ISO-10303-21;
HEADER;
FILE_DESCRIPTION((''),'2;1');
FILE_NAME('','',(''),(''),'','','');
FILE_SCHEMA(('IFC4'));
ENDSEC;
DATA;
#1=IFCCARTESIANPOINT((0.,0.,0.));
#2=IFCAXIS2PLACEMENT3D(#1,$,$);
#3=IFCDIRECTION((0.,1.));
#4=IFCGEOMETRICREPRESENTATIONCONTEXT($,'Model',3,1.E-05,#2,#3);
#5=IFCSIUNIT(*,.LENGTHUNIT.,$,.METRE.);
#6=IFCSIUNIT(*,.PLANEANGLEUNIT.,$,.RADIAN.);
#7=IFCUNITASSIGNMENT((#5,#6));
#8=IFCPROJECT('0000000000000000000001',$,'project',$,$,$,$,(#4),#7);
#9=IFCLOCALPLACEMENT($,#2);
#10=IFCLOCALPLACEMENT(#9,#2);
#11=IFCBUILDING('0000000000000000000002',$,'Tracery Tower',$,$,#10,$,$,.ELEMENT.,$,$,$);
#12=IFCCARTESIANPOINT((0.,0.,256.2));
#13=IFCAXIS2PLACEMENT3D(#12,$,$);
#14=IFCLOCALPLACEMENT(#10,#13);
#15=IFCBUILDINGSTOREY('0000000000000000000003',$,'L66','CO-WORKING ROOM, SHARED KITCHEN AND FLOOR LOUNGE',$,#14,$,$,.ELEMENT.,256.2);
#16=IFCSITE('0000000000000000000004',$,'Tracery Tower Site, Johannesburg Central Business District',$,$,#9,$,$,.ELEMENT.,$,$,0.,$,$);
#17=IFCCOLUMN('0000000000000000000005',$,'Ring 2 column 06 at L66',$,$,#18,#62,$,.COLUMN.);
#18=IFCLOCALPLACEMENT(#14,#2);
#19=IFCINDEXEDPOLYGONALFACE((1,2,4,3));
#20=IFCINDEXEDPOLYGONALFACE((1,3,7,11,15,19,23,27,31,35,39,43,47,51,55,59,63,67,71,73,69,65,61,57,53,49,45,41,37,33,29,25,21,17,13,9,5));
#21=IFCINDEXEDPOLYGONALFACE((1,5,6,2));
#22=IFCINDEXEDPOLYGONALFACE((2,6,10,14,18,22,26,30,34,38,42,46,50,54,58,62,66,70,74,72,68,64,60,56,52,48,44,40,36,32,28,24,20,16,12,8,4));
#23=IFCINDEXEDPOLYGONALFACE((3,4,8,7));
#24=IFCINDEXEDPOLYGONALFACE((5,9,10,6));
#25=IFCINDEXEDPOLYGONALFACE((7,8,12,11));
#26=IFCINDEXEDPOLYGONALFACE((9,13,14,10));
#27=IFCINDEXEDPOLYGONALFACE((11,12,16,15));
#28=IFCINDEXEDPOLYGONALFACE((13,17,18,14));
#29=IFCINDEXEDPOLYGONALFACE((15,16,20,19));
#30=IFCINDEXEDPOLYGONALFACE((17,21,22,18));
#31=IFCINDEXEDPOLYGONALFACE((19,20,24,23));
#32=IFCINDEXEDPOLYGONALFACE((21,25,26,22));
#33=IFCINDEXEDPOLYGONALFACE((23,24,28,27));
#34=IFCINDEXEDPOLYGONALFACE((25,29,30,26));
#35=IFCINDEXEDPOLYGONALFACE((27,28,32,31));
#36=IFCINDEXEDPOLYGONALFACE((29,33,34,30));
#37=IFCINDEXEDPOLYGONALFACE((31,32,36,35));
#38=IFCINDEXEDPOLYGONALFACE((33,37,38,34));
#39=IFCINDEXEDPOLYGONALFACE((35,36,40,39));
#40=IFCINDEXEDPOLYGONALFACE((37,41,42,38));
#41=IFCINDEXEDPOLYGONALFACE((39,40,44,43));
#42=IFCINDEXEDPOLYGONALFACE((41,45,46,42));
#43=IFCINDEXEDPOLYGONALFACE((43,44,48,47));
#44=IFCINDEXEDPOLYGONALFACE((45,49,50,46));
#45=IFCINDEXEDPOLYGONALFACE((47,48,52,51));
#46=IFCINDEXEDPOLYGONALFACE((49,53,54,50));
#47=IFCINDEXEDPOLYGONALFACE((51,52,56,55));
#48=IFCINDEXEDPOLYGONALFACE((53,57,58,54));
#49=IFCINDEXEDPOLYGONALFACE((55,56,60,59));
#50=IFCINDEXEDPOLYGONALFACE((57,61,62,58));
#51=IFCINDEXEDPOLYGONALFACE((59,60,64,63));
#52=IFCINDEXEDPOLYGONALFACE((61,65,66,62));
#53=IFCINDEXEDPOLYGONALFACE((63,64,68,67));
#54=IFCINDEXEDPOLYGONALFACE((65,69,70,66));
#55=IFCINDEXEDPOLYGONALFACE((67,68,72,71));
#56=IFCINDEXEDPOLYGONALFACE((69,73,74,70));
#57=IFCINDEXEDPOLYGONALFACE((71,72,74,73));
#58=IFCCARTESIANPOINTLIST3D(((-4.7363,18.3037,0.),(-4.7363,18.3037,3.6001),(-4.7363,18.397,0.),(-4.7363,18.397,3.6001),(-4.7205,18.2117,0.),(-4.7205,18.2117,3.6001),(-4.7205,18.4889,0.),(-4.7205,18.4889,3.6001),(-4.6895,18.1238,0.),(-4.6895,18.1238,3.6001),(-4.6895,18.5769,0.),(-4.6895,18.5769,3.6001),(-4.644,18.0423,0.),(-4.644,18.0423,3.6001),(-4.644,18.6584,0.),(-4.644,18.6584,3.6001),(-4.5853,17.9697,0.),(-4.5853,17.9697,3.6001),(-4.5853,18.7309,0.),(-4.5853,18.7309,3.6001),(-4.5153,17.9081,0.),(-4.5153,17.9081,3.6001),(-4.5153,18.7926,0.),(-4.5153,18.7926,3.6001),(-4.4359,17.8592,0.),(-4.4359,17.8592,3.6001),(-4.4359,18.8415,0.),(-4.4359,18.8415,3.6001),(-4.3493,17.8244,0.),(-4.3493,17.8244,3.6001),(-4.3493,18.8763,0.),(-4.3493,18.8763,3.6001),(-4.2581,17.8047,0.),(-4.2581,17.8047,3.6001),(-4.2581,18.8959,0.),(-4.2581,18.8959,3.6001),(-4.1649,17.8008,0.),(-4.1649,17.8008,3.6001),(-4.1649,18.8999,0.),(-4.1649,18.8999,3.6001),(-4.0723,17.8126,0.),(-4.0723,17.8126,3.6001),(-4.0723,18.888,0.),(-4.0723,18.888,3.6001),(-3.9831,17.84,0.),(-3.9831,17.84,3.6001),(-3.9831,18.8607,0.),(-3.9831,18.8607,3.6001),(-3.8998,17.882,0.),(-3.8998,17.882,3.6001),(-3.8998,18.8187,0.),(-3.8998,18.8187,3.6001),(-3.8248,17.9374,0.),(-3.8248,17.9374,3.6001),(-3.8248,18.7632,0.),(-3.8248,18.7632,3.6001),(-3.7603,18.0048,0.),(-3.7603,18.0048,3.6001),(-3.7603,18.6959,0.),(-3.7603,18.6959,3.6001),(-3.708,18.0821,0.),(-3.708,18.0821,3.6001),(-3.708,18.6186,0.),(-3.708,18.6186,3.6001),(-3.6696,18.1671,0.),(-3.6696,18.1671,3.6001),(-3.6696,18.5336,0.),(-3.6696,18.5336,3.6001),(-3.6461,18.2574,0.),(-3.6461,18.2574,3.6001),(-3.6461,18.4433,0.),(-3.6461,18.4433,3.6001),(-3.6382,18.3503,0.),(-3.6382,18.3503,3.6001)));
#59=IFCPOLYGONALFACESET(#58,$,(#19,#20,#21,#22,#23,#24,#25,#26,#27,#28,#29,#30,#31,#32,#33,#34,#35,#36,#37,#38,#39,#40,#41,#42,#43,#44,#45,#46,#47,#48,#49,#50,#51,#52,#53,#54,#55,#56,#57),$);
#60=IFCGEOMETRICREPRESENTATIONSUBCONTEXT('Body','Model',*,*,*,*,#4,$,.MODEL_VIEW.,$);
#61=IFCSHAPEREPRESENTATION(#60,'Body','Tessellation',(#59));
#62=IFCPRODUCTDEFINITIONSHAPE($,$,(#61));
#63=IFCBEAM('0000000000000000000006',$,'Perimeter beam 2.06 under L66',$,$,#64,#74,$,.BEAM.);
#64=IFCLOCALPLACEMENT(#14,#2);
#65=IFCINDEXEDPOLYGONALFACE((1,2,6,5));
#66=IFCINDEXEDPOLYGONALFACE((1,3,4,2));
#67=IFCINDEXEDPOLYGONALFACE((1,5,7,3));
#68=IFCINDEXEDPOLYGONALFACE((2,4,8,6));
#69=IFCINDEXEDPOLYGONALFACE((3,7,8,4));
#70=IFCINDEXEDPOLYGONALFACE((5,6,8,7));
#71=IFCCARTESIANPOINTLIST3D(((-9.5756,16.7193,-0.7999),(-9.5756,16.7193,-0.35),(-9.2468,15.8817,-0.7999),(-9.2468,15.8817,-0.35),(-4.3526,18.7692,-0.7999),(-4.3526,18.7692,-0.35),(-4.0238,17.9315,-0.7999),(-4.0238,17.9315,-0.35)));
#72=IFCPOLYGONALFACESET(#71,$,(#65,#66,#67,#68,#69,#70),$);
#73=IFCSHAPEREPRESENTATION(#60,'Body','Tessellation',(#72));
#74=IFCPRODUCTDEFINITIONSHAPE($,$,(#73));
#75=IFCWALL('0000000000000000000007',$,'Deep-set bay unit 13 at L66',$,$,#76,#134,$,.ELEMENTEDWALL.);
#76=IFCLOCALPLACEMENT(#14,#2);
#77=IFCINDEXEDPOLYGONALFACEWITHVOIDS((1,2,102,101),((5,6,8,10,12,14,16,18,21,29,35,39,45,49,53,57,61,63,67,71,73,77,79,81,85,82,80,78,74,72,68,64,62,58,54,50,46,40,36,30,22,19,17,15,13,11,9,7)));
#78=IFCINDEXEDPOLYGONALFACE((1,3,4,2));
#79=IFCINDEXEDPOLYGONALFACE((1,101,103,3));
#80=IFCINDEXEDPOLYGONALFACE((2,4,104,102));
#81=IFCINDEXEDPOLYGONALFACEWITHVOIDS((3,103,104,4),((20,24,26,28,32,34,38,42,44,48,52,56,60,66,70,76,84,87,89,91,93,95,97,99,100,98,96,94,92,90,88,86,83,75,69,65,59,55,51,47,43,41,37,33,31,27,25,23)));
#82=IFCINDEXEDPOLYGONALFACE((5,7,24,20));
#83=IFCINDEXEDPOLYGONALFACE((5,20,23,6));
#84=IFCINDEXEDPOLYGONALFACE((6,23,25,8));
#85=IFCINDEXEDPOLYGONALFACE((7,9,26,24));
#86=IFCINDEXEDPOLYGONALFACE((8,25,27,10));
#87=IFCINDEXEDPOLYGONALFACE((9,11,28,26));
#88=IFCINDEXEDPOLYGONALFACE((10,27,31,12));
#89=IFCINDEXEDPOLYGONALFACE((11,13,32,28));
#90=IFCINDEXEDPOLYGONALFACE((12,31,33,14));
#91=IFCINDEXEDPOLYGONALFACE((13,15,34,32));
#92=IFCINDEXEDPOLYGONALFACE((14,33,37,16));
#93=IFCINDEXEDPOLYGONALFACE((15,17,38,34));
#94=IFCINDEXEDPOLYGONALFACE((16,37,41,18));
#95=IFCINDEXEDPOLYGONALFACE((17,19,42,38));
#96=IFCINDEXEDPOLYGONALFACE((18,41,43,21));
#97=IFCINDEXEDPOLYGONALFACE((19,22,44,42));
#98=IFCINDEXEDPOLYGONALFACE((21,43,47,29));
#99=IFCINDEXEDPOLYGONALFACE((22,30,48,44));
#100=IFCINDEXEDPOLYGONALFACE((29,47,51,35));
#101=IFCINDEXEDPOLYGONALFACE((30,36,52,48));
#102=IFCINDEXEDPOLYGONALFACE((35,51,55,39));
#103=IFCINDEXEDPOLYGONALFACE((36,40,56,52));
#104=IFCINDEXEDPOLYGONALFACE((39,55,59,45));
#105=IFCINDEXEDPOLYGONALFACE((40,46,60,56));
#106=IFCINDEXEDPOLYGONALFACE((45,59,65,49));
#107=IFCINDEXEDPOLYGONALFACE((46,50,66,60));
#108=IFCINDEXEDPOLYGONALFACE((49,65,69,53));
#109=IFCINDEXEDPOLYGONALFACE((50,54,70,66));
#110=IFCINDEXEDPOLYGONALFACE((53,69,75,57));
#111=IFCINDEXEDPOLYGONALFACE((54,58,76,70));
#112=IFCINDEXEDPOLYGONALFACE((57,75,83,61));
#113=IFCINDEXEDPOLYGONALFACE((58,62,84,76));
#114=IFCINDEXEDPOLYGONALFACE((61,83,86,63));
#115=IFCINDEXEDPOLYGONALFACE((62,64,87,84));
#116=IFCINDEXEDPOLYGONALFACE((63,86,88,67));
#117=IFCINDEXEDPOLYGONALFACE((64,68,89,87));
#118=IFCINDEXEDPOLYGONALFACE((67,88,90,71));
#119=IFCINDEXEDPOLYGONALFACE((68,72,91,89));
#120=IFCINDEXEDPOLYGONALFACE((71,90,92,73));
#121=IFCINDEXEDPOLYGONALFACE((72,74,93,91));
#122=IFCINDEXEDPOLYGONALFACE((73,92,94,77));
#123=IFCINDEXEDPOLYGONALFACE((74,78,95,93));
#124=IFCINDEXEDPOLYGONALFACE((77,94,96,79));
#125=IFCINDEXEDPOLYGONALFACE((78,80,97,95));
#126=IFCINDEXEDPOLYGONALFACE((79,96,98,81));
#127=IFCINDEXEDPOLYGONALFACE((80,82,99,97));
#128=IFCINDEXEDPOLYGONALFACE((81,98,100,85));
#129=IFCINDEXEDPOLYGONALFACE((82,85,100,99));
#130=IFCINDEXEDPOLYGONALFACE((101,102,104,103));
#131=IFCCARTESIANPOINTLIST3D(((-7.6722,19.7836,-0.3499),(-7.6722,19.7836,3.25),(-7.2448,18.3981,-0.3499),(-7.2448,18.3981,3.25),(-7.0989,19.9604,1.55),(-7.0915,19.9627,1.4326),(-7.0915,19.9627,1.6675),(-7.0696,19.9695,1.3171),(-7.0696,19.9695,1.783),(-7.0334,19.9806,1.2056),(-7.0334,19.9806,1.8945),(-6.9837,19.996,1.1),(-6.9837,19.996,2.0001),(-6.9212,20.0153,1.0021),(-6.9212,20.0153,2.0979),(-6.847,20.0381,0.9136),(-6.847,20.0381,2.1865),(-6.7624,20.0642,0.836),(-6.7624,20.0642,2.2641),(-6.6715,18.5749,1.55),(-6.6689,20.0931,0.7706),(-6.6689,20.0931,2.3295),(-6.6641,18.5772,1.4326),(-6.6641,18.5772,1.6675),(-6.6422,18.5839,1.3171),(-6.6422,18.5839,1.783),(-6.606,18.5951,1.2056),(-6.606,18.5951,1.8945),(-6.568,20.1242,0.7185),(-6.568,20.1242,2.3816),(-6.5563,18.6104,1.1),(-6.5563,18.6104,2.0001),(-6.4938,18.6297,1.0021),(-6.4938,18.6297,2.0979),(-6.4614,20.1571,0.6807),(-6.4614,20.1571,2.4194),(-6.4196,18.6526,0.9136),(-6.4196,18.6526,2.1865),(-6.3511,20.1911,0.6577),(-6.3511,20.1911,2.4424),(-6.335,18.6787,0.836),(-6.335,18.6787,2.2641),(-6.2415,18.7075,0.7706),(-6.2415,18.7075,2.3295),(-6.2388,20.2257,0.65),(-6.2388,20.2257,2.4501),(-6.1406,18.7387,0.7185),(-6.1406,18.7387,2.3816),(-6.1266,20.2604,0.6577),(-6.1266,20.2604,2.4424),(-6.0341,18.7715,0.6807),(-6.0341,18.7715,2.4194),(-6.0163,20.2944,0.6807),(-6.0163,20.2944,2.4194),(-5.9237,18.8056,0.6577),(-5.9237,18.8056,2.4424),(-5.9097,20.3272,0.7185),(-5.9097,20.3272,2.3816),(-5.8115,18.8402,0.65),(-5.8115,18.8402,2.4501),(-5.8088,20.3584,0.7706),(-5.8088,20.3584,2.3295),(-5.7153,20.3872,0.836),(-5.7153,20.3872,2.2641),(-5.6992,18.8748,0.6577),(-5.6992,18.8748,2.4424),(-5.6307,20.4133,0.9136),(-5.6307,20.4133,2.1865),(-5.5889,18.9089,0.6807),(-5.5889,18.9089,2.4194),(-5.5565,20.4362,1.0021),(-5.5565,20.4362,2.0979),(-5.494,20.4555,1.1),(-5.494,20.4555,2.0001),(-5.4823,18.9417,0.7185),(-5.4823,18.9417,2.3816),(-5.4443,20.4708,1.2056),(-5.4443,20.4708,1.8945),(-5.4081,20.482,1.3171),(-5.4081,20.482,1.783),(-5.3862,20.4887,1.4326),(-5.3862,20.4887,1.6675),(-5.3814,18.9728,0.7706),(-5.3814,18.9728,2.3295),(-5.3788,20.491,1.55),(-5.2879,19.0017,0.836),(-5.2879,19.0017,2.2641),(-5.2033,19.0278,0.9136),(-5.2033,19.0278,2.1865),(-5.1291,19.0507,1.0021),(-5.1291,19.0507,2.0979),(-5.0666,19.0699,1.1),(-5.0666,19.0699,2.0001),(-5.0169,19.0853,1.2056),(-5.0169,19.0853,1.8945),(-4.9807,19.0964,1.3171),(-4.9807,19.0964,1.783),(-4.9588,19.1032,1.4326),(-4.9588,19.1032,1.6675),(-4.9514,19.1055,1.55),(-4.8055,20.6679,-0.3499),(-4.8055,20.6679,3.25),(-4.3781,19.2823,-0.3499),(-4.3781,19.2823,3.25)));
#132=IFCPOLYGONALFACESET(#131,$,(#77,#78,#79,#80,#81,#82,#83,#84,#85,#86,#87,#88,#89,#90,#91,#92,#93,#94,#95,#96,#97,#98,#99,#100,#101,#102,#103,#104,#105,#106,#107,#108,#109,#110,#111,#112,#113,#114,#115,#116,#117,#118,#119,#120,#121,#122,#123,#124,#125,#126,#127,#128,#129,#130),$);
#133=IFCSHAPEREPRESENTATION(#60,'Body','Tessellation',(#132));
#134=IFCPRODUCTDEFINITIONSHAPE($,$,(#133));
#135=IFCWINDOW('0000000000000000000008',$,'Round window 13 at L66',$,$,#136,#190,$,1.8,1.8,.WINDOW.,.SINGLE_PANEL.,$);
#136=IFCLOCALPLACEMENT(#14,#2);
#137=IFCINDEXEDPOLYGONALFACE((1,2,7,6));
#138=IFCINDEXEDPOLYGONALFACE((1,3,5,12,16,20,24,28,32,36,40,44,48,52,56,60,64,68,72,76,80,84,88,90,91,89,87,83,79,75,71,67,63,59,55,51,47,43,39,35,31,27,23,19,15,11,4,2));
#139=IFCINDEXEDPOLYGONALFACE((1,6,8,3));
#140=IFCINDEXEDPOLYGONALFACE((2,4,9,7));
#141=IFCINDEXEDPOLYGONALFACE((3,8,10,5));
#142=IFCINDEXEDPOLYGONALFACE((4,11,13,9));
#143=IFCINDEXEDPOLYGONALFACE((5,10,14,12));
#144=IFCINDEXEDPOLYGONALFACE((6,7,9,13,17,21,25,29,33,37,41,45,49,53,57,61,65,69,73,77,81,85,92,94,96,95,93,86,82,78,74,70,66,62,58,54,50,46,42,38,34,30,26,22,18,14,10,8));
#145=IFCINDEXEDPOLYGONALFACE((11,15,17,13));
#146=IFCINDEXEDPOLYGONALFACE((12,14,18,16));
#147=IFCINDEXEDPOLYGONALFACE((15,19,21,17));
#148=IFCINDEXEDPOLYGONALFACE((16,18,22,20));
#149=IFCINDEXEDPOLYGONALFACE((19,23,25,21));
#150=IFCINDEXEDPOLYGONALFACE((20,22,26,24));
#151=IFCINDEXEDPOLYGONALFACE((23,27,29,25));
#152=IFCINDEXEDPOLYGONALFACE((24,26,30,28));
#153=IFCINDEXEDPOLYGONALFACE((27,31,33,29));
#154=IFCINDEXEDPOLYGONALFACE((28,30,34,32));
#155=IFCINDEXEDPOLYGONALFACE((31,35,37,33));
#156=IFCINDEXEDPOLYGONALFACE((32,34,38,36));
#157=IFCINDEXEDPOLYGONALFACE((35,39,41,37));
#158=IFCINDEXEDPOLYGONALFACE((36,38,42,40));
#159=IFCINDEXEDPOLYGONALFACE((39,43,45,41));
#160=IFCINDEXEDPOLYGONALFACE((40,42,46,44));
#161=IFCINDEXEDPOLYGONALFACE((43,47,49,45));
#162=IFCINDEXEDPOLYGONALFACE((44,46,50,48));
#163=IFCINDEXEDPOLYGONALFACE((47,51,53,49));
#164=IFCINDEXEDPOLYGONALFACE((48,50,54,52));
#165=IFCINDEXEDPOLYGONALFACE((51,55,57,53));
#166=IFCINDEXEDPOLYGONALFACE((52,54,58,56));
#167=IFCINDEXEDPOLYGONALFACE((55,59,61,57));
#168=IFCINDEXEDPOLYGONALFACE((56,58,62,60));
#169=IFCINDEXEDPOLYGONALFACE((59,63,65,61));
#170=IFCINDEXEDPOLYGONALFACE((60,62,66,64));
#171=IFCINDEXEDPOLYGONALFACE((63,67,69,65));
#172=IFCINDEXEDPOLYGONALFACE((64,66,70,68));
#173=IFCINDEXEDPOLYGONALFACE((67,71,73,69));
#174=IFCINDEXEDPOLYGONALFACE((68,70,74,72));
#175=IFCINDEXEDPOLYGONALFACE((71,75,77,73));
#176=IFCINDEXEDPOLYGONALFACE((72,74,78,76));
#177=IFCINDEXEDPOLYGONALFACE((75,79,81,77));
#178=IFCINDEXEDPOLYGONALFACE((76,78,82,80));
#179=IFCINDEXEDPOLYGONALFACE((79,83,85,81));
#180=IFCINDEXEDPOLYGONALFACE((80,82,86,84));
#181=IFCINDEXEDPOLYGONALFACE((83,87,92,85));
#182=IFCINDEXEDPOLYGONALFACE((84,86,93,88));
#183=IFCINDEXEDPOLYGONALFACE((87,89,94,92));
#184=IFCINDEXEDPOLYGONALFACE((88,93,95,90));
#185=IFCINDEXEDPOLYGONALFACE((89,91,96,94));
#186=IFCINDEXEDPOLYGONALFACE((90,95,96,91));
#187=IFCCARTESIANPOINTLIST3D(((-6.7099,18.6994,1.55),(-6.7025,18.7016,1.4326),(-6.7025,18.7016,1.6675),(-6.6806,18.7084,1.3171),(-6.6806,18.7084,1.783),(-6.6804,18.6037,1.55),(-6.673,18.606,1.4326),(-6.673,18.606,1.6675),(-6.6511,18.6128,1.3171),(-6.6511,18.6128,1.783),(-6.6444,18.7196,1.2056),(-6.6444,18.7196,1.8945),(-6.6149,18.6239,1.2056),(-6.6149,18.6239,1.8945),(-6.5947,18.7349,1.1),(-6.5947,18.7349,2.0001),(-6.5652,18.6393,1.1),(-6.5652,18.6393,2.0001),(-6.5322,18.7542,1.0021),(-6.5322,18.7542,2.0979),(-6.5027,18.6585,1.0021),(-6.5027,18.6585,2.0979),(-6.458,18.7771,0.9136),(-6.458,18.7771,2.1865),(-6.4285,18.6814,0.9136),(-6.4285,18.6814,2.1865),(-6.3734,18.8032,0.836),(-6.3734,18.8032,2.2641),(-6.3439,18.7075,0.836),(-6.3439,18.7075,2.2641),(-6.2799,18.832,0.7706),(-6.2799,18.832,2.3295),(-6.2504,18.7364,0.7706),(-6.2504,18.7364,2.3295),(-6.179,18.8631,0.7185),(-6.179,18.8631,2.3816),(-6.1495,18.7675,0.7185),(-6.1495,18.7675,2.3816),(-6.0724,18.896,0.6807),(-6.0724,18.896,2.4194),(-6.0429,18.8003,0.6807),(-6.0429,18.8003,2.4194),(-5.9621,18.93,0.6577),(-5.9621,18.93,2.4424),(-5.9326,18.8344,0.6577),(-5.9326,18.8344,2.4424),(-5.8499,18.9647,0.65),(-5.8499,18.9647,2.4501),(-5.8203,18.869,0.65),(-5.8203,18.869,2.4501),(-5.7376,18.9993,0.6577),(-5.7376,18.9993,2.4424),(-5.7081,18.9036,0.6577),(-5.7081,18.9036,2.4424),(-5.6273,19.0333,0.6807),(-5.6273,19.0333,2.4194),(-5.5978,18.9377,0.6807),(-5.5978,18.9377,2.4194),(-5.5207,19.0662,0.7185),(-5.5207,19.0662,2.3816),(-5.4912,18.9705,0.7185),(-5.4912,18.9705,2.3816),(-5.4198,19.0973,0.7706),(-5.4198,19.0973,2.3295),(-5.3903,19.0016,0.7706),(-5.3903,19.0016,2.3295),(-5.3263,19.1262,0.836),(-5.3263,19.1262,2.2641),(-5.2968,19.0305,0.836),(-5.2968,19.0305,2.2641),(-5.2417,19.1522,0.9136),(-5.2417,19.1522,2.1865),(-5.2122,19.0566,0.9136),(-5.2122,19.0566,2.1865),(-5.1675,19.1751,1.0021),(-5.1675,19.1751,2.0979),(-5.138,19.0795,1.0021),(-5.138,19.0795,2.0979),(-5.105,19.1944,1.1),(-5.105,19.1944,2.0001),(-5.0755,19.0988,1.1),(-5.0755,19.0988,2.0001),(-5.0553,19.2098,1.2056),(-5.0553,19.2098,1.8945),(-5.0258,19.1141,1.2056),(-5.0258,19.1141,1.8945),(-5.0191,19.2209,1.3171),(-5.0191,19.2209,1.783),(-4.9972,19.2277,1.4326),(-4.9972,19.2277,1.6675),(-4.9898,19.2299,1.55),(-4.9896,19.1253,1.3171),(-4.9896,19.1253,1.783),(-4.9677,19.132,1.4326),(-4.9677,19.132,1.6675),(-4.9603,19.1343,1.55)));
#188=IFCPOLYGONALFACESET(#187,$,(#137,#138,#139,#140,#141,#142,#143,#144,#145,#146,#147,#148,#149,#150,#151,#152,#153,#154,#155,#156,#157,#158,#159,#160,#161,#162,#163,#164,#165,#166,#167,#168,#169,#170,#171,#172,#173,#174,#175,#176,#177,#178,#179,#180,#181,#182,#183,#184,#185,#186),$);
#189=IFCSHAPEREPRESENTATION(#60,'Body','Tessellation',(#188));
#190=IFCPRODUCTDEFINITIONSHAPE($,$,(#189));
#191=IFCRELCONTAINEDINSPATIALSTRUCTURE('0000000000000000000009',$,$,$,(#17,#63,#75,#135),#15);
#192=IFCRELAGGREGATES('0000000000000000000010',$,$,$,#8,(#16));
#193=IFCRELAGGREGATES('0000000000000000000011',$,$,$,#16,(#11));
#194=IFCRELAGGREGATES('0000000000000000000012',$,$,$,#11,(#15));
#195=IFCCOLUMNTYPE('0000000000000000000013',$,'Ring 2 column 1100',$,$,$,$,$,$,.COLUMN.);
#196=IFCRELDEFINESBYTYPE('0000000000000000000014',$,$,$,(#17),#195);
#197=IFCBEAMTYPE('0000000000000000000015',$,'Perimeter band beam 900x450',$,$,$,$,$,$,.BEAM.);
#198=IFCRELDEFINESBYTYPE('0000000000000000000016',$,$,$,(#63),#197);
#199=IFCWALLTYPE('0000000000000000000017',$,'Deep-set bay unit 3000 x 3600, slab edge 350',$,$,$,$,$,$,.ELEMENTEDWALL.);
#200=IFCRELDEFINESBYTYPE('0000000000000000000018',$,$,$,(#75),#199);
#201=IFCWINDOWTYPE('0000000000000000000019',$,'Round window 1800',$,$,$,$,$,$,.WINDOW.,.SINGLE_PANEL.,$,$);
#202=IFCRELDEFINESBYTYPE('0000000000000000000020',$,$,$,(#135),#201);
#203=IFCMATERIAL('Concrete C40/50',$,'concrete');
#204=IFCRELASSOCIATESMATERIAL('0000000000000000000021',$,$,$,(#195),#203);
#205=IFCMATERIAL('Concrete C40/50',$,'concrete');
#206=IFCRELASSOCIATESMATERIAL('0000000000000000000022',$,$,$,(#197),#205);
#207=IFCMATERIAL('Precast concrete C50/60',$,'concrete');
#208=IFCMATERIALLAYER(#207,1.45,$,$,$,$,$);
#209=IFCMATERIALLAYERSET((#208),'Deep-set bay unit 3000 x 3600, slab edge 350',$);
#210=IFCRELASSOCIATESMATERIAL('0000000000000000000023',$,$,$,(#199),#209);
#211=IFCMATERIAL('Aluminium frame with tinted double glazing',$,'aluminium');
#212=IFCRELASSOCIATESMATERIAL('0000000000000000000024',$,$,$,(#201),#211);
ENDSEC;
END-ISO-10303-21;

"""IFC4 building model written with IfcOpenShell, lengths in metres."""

from ifc_helpers import new_model, si_unit, direction, frame, frame_2d, origin, origin_2d, place, context, subcontext, project, spatial, rectangle, circle, extrude, material, layer, layer_set, material_profile, profile_set, type_object, element, fill, save


model = new_model("IFC4")

# Units and contexts
model_context = context("Model", 3, precision=1e-05, world=origin(), true_north=direction((0.0, 1.0)))
body_context = subcontext(model_context, "Body", "Model", "MODEL_VIEW")
ifc_project = project(units=[si_unit("LENGTHUNIT", "METRE"), si_unit("PLANEANGLEUNIT", "RADIAN")], contexts=[model_context])

# Site, building, storey
site_placement = place(None, origin())
site = spatial("IfcSite", under=ifc_project, at=site_placement, Name="Tracery Tower Site, Johannesburg Central Business District", CompositionType="ELEMENT", RefElevation=0.0)
building_placement = place(site_placement, origin())
building = spatial("IfcBuilding", under=site, at=building_placement, Name="Tracery Tower", CompositionType="ELEMENT")
storey_placement = place(building_placement, frame((0.0, 0.0, 256.2)))
storey = spatial("IfcBuildingStorey", under=building, at=storey_placement, Name="L66", Description="CO-WORKING ROOM, SHARED KITCHEN AND FLOOR LOUNGE", CompositionType="ELEMENT", Elevation=256.2)

# Column
ifc_material_1 = material(Name="Concrete C40/50", Category="concrete")
ifc_material_profile_1 = material_profile(ifc_material_1, circle(Radius=0.55, at=origin_2d()), Name="RC D1100")
ifc_profile_set_1 = profile_set([ifc_material_profile_1], Name="Concrete C40/50")
column_type = type_object("IfcColumnType", Name="Ring 2 column 1100", PredefinedType="COLUMN", material=ifc_profile_set_1)
column_placement = place(storey_placement, frame((-4.1882, 18.3503, 0.0), z_axis=(0.0, 0.0, 1.0), x_axis=(1.0, 0.0, 0.0)))
element("IfcColumn", 1, at=column_placement, inside=storey, type_object=column_type, Name="Ring 2 column 06 at L66", PredefinedType="COLUMN", context=body_context, shape_type="SweptSolid", body=[
    extrude(circle(Radius=0.55, at=origin_2d()), origin(), (0.0, 0.0, 1.0), 3.6001),
])

# Beam
ifc_material_2 = material(Name="Concrete C40/50", Category="concrete")
ifc_material_profile_2 = material_profile(ifc_material_2, rectangle(XDim=0.8999, YDim=0.45, at=origin_2d()), Name="RC 900x450")
ifc_profile_set_2 = profile_set([ifc_material_profile_2], Name="Concrete C40/50")
beam_type = type_object("IfcBeamType", Name="Perimeter band beam 900x450", PredefinedType="BEAM", material=ifc_profile_set_2)
beam_placement = place(storey_placement, frame((-4.1882, 18.3503, -0.575), z_axis=(-0.930876, -0.365336, 0.0), x_axis=(0.365336, -0.930876, 0.0)))
element("IfcBeam", 2, at=beam_placement, inside=storey, type_object=beam_type, Name="Perimeter beam 2.06 under L66", PredefinedType="BEAM", context=body_context, shape_type="SweptSolid", body=[
    extrude(rectangle(XDim=0.8999, YDim=0.45, at=origin_2d()), origin(), (0.0, 0.0, 1.0), 5.6108),
])

# Wall, opening, window
ifc_material_3 = material(Name="Precast concrete C50/60", Category="concrete")
ifc_layer_1 = layer(ifc_material_3, 1.45)
ifc_layer_set_1 = layer_set([ifc_layer_1], Name="Deep-set bay unit 3000 x 3600, slab edge 350")
wall_type_1 = type_object("IfcWallType", Name="Deep-set bay unit 3000 x 3600, slab edge 350", PredefinedType="ELEMENTEDWALL", material=ifc_layer_set_1)
wall_1_placement = place(storey_placement, frame((-4.5918, 19.9751, -0.3499), z_axis=(0.0, 0.0, 1.0), x_axis=(-0.955571, -0.294761, 0.0)))
wall_1 = element("IfcWall", 3, at=wall_1_placement, inside=storey, type_object=wall_type_1, Name="Deep-set bay unit 13 at L66", PredefinedType="ELEMENTEDWALL", context=body_context, shape_type="SweptSolid", body=[
    extrude(rectangle(XDim=3.0, YDim=1.45, at=frame_2d((1.5, 0.0))), origin(), (0.0, 0.0, 1.0), 3.5999),
])
opening_1_placement = place(wall_1_placement, frame((1.5, 0.0, 1.8999)))
opening_1 = element("IfcOpeningElement", 4, at=opening_1_placement, cuts=wall_1, PredefinedType="OPENING", context=body_context, shape_type="SweptSolid", body=[
    extrude(circle(Radius=0.9, at=origin_2d()), frame((0.0, 0.7349, 0.0), z_axis=(0.0, -1.0, 0.0), x_axis=(1.0, 0.0, 0.0)), (0.0, 0.0, 1.0), 1.47),
])
ifc_material_4 = material(Name="Aluminium frame with tinted double glazing", Category="aluminium")
window_type = type_object("IfcWindowType", Name="Round window 1800", PartitioningType="SINGLE_PANEL", PredefinedType="WINDOW", material=ifc_material_4)
window_1_placement = place(opening_1_placement, origin())
window_1 = element("IfcWindow", 5, at=window_1_placement, inside=storey, type_object=window_type, Name="Round window 13 at L66", OverallHeight=1.8, OverallWidth=1.8, PartitioningType="SINGLE_PANEL", PredefinedType="WINDOW", context=body_context, shape_type="SweptSolid", body=[
    extrude(circle(Radius=0.9, at=origin_2d()), frame((0.0, 0.6948, 0.0), z_axis=(0.0, -1.0, 0.0), x_axis=(1.0, 0.0, 0.0)), (0.0, 0.0, 1.0), 0.1001),
])
fill(opening_1, window_1)

save(model, "model.ifc")
